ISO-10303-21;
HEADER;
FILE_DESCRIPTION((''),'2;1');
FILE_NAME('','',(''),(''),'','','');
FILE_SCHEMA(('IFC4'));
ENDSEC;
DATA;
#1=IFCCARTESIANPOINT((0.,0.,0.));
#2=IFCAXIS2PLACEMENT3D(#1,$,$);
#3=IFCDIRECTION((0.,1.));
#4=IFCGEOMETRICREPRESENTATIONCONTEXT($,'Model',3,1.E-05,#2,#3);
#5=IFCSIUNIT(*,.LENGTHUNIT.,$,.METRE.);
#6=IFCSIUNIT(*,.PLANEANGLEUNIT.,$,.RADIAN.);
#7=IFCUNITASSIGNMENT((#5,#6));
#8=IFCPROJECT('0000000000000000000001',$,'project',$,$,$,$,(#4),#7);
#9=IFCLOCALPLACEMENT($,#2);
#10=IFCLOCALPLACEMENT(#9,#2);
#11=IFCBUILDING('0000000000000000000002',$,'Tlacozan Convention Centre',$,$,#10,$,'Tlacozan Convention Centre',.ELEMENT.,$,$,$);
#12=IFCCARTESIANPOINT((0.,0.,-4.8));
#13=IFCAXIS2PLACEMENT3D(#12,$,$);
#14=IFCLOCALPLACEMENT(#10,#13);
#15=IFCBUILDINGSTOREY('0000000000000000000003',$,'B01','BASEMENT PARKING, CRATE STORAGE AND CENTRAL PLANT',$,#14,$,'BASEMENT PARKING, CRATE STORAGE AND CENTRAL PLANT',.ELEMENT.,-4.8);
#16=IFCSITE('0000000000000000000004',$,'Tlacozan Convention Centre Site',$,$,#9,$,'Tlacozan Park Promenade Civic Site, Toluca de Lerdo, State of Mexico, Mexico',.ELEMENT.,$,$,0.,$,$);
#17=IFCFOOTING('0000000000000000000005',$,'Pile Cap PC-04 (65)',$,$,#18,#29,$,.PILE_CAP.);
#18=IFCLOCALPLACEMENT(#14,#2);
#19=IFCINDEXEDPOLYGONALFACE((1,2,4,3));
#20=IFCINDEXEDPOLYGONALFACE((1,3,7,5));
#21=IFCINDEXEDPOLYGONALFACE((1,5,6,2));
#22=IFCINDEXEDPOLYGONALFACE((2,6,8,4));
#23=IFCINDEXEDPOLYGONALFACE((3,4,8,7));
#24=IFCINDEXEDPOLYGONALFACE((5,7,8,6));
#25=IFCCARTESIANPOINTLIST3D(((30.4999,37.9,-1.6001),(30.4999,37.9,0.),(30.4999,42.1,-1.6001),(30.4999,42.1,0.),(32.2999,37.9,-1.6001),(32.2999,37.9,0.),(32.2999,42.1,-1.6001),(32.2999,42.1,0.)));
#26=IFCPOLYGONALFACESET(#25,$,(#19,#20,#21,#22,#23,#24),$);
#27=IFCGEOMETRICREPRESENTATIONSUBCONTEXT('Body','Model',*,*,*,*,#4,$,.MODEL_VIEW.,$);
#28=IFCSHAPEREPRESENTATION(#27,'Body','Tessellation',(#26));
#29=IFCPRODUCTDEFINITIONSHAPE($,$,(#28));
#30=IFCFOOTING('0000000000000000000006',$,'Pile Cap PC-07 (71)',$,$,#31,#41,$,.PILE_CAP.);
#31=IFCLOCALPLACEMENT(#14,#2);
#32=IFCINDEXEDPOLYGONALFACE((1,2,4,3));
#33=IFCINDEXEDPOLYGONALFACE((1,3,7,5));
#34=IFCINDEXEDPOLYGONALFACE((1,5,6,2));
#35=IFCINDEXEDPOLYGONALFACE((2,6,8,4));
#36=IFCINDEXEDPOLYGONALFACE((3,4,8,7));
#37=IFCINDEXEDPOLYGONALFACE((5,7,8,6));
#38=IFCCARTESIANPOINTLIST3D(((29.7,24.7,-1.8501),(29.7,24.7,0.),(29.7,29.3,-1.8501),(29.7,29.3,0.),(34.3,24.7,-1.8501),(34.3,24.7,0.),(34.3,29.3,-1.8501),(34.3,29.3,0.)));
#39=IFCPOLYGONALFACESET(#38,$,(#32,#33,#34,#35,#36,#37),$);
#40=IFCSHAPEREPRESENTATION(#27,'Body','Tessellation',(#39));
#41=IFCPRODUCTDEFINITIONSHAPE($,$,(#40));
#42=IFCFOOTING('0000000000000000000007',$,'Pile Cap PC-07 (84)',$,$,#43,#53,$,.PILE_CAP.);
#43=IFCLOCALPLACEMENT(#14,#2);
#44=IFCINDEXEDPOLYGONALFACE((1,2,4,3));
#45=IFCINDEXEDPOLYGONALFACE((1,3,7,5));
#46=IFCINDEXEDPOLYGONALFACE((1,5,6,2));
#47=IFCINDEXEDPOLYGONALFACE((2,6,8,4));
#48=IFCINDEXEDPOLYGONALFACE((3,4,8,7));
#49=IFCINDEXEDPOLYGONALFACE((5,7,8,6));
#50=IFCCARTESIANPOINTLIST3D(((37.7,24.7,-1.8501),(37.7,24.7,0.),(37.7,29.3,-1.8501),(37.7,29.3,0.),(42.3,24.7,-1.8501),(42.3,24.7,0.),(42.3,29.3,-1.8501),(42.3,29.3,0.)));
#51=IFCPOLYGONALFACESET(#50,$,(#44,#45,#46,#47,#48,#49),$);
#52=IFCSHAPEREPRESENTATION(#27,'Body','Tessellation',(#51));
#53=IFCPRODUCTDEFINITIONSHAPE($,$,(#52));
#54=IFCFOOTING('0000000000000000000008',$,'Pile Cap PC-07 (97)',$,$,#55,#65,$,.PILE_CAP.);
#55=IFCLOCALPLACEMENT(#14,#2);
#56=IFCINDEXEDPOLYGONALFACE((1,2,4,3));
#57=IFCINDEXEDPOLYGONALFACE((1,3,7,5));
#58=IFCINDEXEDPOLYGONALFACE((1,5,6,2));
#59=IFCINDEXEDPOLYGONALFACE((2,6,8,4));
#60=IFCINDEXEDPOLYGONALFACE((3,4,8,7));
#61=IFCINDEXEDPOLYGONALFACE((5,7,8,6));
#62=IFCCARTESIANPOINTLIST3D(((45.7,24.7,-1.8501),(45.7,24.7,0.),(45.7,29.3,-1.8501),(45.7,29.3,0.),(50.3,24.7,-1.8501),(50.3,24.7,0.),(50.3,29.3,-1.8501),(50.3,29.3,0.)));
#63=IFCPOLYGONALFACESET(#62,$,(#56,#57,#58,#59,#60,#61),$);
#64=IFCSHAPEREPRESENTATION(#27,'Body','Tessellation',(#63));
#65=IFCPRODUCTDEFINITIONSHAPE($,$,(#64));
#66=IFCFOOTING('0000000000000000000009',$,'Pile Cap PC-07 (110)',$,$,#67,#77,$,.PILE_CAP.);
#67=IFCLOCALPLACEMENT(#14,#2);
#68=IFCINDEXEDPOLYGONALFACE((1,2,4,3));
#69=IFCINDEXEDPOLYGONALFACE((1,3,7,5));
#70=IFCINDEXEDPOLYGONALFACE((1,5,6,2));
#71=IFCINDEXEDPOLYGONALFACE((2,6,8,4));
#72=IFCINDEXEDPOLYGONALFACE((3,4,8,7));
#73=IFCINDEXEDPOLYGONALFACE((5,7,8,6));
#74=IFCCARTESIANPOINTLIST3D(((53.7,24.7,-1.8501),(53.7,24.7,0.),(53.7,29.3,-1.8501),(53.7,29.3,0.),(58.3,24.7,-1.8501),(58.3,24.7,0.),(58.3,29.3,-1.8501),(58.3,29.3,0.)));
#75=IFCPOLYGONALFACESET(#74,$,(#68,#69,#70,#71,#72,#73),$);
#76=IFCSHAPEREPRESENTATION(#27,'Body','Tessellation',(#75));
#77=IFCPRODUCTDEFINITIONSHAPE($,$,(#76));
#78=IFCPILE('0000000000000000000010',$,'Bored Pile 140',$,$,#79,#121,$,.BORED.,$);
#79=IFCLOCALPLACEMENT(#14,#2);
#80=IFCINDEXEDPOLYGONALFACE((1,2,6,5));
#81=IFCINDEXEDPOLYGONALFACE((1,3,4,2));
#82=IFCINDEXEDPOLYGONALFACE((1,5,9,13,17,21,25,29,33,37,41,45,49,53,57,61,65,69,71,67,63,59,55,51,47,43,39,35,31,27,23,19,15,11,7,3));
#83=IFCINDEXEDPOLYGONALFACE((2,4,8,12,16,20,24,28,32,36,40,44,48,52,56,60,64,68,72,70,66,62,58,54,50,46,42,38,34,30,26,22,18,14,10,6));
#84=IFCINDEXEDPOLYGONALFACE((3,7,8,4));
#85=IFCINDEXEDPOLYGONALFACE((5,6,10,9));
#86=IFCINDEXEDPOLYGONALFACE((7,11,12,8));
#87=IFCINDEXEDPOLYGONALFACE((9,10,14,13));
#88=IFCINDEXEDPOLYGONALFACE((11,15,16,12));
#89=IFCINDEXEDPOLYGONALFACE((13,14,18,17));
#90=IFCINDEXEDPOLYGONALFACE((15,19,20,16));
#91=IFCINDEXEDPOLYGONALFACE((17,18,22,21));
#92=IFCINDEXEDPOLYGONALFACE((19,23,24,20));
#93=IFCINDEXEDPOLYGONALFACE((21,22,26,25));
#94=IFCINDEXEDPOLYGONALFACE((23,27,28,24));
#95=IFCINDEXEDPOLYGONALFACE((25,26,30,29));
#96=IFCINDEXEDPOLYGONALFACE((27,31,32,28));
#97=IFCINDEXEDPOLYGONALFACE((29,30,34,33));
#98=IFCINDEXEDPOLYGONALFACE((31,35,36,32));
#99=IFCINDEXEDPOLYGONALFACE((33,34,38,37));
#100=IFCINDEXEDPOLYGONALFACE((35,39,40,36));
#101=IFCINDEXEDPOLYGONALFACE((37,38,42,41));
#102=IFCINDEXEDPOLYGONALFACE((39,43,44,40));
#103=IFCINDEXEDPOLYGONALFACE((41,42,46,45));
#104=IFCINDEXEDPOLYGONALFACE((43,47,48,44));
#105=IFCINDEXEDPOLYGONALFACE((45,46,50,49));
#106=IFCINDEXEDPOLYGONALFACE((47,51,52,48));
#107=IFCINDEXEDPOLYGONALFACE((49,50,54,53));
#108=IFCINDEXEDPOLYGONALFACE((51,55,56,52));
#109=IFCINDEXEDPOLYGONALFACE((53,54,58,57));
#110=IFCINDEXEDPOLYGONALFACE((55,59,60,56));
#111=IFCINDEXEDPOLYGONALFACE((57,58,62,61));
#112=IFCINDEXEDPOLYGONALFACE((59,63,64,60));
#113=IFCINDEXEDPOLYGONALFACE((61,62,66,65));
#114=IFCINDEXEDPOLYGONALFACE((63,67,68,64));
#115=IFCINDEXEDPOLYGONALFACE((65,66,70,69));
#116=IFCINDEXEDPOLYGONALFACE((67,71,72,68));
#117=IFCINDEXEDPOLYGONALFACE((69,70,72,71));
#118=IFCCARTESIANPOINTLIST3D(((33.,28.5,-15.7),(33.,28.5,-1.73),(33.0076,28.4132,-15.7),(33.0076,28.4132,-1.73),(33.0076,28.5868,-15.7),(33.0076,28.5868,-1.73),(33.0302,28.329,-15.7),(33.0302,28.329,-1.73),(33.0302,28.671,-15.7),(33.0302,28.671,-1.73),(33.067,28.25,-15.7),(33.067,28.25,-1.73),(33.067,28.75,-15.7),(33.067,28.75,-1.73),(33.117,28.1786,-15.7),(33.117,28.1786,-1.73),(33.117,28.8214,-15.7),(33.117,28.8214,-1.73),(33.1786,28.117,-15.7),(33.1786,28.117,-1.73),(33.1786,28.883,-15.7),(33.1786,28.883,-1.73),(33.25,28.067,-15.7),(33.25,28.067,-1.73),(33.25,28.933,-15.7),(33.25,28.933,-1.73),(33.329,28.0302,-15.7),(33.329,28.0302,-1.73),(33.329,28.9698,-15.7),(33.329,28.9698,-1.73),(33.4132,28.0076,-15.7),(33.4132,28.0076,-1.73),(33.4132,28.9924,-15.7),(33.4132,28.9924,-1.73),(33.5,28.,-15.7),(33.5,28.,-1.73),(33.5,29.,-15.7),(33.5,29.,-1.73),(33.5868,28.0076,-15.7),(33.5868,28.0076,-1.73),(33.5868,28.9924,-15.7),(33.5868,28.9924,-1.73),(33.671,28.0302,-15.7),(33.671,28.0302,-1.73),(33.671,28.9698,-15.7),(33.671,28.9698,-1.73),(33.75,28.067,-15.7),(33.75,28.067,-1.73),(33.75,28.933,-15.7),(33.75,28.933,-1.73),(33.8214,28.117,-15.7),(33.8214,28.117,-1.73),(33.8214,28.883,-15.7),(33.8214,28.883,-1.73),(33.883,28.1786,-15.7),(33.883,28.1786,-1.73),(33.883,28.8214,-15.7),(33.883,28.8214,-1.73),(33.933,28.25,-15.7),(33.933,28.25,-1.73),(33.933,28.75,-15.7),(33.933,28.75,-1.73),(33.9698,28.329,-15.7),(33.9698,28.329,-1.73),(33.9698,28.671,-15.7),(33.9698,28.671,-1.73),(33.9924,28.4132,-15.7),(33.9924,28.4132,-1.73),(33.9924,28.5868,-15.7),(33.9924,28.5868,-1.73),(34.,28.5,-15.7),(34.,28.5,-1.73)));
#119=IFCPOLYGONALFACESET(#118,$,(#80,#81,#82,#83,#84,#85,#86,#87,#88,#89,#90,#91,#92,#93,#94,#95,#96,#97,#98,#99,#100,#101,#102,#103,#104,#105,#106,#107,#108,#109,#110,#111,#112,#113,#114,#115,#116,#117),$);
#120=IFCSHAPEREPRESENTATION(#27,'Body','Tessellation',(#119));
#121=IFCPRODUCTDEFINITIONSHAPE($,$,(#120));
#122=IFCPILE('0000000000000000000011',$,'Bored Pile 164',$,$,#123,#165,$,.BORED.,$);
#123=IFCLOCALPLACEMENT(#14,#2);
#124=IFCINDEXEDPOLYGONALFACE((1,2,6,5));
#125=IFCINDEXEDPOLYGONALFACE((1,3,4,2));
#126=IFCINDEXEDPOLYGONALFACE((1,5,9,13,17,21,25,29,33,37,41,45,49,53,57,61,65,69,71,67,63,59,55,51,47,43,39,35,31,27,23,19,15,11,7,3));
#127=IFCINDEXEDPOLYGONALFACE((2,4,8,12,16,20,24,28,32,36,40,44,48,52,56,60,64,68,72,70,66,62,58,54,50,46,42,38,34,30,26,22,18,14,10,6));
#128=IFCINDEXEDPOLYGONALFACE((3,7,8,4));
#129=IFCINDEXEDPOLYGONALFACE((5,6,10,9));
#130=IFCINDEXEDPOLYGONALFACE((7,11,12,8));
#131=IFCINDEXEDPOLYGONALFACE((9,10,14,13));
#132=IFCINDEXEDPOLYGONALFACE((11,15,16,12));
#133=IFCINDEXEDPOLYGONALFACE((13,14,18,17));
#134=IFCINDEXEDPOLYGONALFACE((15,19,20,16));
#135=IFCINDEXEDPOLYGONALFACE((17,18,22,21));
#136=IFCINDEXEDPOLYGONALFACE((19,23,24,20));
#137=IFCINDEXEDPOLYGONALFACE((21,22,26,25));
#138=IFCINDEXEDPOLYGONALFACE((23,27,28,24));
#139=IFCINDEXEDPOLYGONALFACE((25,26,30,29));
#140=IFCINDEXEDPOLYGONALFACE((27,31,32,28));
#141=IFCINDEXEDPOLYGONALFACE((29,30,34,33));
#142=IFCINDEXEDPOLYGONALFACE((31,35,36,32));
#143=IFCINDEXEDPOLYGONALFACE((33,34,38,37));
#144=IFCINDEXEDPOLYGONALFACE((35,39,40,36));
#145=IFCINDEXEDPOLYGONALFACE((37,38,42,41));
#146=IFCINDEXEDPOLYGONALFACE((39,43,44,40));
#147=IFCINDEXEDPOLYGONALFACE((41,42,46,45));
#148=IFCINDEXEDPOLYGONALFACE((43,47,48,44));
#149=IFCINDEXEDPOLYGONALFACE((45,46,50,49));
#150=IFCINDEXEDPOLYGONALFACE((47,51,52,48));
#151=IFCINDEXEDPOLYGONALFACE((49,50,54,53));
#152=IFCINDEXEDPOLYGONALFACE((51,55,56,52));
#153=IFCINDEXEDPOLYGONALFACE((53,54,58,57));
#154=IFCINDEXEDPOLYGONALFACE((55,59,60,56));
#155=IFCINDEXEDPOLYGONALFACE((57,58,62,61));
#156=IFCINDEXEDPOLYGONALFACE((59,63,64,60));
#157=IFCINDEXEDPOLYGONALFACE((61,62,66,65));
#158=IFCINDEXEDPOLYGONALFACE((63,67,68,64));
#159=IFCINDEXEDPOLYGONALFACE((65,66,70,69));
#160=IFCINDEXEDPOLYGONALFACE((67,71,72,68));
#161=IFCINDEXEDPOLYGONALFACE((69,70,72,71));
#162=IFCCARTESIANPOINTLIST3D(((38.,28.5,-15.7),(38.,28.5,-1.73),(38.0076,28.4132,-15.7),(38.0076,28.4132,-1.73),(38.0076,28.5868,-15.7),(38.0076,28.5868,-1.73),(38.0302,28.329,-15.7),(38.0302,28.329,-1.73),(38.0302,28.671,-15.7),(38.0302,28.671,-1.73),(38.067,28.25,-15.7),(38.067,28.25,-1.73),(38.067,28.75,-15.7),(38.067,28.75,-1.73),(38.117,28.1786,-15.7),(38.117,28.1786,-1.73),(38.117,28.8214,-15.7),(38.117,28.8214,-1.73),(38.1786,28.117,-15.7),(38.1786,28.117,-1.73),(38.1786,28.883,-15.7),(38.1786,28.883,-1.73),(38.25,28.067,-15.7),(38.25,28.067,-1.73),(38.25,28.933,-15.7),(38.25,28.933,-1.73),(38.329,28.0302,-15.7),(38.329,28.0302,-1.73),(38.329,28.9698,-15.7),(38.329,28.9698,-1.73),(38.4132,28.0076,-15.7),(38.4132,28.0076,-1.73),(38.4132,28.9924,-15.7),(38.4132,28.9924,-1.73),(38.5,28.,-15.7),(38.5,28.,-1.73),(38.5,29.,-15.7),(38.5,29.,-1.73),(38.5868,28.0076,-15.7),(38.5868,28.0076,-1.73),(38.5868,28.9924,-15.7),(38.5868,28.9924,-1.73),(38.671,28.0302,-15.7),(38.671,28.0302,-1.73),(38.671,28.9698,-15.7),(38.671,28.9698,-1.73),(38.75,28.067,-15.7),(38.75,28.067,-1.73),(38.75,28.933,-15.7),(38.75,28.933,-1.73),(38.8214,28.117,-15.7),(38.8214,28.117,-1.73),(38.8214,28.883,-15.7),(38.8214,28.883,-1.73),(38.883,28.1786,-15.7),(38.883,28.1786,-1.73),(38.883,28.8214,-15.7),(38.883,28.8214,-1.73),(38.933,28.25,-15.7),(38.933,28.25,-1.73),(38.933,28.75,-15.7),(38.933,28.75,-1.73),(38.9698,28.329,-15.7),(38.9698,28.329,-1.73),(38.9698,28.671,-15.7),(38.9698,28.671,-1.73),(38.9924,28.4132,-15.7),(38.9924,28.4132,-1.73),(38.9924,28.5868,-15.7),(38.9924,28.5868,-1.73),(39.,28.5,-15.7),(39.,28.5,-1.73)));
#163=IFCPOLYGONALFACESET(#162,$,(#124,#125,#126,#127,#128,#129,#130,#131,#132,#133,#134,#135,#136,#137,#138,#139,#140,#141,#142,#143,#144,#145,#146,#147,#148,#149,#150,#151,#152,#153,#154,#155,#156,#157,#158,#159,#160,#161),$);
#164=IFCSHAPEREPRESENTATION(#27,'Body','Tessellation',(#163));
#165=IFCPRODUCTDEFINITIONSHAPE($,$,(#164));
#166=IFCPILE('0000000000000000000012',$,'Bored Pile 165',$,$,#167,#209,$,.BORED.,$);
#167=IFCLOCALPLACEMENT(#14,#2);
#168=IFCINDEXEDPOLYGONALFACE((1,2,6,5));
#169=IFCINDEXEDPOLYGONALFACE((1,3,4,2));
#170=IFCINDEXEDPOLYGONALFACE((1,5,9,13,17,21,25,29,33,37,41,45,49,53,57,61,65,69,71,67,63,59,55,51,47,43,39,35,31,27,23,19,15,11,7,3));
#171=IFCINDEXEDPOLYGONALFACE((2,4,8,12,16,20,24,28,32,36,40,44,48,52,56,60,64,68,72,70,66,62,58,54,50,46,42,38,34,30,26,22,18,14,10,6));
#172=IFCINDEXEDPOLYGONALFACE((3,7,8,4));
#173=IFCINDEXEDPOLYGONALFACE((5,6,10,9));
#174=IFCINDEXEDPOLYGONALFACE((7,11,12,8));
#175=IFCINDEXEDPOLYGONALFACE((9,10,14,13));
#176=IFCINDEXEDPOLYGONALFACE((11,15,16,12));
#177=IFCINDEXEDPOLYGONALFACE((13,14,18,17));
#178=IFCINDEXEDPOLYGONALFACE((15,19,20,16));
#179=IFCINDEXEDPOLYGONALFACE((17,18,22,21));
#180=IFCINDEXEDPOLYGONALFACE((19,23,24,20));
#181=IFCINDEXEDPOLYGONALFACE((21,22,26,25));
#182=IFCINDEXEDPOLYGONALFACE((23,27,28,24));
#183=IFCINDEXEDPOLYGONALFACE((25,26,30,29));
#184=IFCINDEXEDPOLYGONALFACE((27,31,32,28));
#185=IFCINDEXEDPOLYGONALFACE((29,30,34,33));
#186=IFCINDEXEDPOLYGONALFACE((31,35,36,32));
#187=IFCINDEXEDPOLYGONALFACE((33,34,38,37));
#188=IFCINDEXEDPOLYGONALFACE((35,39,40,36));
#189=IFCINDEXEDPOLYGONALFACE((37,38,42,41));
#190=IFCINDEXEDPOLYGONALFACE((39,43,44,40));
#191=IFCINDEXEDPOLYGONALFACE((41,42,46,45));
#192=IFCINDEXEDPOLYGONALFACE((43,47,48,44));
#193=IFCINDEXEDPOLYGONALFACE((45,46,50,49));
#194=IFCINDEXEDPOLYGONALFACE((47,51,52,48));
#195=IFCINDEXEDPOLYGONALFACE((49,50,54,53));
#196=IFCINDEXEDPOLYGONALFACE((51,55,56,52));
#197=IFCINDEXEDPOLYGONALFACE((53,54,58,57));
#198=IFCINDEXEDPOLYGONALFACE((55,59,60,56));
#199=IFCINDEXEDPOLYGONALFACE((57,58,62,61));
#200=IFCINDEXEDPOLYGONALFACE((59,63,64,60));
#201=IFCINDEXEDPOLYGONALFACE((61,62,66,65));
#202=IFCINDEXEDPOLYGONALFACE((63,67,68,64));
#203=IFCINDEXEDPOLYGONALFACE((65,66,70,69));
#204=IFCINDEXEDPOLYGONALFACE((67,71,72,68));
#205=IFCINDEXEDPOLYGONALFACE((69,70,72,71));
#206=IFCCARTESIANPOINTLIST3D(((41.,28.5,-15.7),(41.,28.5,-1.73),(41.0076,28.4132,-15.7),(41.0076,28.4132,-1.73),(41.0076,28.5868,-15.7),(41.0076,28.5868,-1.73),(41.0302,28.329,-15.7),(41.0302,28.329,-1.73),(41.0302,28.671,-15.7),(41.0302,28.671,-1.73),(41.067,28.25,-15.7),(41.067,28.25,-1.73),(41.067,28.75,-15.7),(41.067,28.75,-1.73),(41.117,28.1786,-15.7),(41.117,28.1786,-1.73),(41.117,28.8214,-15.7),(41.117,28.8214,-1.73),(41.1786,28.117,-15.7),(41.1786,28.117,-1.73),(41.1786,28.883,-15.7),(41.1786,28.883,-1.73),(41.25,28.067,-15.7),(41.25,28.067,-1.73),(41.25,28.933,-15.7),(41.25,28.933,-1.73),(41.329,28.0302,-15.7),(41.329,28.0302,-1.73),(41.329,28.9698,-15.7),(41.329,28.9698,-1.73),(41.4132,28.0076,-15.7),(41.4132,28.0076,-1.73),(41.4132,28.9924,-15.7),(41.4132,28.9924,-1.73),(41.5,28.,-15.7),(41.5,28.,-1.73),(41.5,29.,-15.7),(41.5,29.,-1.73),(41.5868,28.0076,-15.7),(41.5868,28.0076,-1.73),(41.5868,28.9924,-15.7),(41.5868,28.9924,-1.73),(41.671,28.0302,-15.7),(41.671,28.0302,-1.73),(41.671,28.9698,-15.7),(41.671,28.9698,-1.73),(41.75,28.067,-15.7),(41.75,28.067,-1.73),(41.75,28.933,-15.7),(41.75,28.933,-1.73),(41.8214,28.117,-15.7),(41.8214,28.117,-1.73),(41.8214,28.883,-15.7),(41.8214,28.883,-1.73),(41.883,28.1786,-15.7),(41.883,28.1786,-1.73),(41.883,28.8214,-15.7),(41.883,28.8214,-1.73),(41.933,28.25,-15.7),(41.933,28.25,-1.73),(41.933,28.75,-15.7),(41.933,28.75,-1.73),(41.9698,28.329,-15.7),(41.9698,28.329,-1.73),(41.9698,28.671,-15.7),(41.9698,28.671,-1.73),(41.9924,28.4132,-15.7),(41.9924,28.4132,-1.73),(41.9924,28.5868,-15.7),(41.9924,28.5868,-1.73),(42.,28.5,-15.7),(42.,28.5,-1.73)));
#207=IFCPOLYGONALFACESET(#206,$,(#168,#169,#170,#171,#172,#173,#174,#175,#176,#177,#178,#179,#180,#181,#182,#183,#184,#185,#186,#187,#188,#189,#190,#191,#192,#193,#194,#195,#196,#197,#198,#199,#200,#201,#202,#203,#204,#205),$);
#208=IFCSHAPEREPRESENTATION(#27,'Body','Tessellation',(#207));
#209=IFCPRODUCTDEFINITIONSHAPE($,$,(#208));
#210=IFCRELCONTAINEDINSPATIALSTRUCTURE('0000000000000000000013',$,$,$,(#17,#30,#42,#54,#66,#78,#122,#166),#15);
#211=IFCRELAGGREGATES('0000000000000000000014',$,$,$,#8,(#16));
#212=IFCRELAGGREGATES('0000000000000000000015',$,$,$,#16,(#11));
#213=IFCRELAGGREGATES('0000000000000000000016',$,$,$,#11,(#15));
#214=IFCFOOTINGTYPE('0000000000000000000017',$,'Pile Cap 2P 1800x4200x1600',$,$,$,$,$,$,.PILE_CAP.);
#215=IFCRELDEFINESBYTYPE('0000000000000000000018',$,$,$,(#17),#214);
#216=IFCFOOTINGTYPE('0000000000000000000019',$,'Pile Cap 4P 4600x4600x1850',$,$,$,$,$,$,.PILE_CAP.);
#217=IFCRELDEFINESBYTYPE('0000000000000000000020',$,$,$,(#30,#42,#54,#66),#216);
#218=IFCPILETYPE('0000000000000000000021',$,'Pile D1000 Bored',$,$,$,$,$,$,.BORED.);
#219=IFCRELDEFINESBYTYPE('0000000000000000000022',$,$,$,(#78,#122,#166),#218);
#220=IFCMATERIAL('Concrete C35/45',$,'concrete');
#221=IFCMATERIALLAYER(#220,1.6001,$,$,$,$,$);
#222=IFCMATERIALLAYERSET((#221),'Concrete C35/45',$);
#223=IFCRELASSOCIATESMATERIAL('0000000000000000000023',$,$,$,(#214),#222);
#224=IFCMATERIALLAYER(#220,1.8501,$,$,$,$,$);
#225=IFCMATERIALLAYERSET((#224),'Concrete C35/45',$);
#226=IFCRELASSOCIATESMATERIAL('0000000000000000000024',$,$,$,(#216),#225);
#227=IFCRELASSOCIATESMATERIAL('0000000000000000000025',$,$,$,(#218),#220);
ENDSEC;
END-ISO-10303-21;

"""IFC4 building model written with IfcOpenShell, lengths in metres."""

from ifc_helpers import new_model, si_unit, direction, frame, origin, origin_2d, place, context, subcontext, project, spatial, rectangle, circle, extrude, material, layer, layer_set, material_profile, profile_set, type_object, element, save


model = new_model("IFC4")

# Units and contexts
model_context = context("Model", 3, precision=1e-05, world=origin(), true_north=direction((0.0, 1.0)))
body_context = subcontext(model_context, "Body", "Model", "MODEL_VIEW")
ifc_project = project(units=[si_unit("LENGTHUNIT", "METRE"), si_unit("PLANEANGLEUNIT", "RADIAN")], contexts=[model_context])

# Site, building, storey
site_placement = place(None, origin())
site = spatial("IfcSite", under=ifc_project, at=site_placement, Name="Tlacozan Convention Centre Site", LongName="Tlacozan Park Promenade Civic Site, Toluca de Lerdo, State of Mexico, Mexico", CompositionType="ELEMENT", RefElevation=0.0)
building_placement = place(site_placement, origin())
building = spatial("IfcBuilding", under=site, at=building_placement, Name="Tlacozan Convention Centre", LongName="Tlacozan Convention Centre", CompositionType="ELEMENT")
storey_placement = place(building_placement, frame((0.0, 0.0, -4.8)))
storey = spatial("IfcBuildingStorey", under=building, at=storey_placement, Name="B01", Description="BASEMENT PARKING, CRATE STORAGE AND CENTRAL PLANT", LongName="BASEMENT PARKING, CRATE STORAGE AND CENTRAL PLANT", CompositionType="ELEMENT", Elevation=-4.8)

# Footings
ifc_material_1 = material(Name="Concrete C35/45", Category="concrete")
ifc_layer_1 = layer(ifc_material_1, 1.6001)
ifc_layer_set_1 = layer_set([ifc_layer_1], Name="Concrete C35/45")
footing_type_1 = type_object("IfcFootingType", Name="Pile Cap 2P 1800x4200x1600", PredefinedType="PILE_CAP", material=ifc_layer_set_1)
footing_placement = place(storey_placement, frame((31.3999, 40.0, -1.6001), z_axis=(0.0, 0.0, 1.0), x_axis=(1.0, 0.0, 0.0)))
element("IfcFooting", 1, at=footing_placement, inside=storey, type_object=footing_type_1, Name="Pile Cap PC-04 (65)", PredefinedType="PILE_CAP", context=body_context, shape_type="SweptSolid", body=[
    extrude(rectangle(XDim=1.8, YDim=4.2, at=origin_2d()), origin(), (0.0, 0.0, 1.0), 1.6001),
])
ifc_layer_2 = layer(ifc_material_1, 1.8501)
ifc_layer_set_2 = layer_set([ifc_layer_2], Name="Concrete C35/45")
footing_type_2 = type_object("IfcFootingType", Name="Pile Cap 4P 4600x4600x1850", PredefinedType="PILE_CAP", material=ifc_layer_set_2)
for number, where, z_axis, x_axis, name in (
    (2, (32.0, 27.0, -1.8501), (0.0, 0.0, 1.0), (1.0, 0.0, 0.0), "Pile Cap PC-07 (71)"),
    (3, (40.0, 27.0, -1.8501), (0.0, 0.0, 1.0), (1.0, 0.0, 0.0), "Pile Cap PC-07 (84)"),
    (4, (48.0, 27.0, -1.8501), (0.0, 0.0, 1.0), (1.0, 0.0, 0.0), "Pile Cap PC-07 (97)"),
    (5, (56.0, 27.0, -1.8501), (0.0, 0.0, 1.0), (1.0, 0.0, 0.0), "Pile Cap PC-07 (110)"),
):
    element("IfcFooting", number, at=place(storey_placement, frame(where, z_axis=z_axis, x_axis=x_axis)), inside=storey, type_object=footing_type_2, Name=name, PredefinedType="PILE_CAP", context=body_context, shape_type="SweptSolid", body=[
        extrude(rectangle(XDim=4.6001, YDim=4.6001, at=origin_2d()), origin(), (0.0, 0.0, 1.0), 1.8501),
    ])

# Piles
ifc_material_profile_1 = material_profile(ifc_material_1, circle(Radius=0.5, at=origin_2d()), Name="PILE D1000")
ifc_profile_set_1 = profile_set([ifc_material_profile_1], Name="Concrete C35/45")
pile_type_1 = type_object("IfcPileType", Name="Pile D1000 Bored", PredefinedType="BORED", material=ifc_profile_set_1)
for number, where, z_axis, x_axis, name in (
    (6, (33.5, 28.5, -1.73), (0.0, 0.0, -1.0), (1.0, 0.0, 0.0), "Bored Pile 140"),
    (7, (38.5, 28.5, -1.73), (0.0, 0.0, -1.0), (1.0, 0.0, 0.0), "Bored Pile 164"),
    (8, (41.5, 28.5, -1.73), (0.0, 0.0, -1.0), (1.0, 0.0, 0.0), "Bored Pile 165"),
):
    element("IfcPile", number, at=place(storey_placement, frame(where, z_axis=z_axis, x_axis=x_axis)), inside=storey, type_object=pile_type_1, Name=name, PredefinedType="BORED", context=body_context, shape_type="SweptSolid", body=[
        extrude(circle(Radius=0.5, at=origin_2d()), origin(), (0.0, 0.0, 1.0), 13.97),
    ])

save(model, "model.ifc")
